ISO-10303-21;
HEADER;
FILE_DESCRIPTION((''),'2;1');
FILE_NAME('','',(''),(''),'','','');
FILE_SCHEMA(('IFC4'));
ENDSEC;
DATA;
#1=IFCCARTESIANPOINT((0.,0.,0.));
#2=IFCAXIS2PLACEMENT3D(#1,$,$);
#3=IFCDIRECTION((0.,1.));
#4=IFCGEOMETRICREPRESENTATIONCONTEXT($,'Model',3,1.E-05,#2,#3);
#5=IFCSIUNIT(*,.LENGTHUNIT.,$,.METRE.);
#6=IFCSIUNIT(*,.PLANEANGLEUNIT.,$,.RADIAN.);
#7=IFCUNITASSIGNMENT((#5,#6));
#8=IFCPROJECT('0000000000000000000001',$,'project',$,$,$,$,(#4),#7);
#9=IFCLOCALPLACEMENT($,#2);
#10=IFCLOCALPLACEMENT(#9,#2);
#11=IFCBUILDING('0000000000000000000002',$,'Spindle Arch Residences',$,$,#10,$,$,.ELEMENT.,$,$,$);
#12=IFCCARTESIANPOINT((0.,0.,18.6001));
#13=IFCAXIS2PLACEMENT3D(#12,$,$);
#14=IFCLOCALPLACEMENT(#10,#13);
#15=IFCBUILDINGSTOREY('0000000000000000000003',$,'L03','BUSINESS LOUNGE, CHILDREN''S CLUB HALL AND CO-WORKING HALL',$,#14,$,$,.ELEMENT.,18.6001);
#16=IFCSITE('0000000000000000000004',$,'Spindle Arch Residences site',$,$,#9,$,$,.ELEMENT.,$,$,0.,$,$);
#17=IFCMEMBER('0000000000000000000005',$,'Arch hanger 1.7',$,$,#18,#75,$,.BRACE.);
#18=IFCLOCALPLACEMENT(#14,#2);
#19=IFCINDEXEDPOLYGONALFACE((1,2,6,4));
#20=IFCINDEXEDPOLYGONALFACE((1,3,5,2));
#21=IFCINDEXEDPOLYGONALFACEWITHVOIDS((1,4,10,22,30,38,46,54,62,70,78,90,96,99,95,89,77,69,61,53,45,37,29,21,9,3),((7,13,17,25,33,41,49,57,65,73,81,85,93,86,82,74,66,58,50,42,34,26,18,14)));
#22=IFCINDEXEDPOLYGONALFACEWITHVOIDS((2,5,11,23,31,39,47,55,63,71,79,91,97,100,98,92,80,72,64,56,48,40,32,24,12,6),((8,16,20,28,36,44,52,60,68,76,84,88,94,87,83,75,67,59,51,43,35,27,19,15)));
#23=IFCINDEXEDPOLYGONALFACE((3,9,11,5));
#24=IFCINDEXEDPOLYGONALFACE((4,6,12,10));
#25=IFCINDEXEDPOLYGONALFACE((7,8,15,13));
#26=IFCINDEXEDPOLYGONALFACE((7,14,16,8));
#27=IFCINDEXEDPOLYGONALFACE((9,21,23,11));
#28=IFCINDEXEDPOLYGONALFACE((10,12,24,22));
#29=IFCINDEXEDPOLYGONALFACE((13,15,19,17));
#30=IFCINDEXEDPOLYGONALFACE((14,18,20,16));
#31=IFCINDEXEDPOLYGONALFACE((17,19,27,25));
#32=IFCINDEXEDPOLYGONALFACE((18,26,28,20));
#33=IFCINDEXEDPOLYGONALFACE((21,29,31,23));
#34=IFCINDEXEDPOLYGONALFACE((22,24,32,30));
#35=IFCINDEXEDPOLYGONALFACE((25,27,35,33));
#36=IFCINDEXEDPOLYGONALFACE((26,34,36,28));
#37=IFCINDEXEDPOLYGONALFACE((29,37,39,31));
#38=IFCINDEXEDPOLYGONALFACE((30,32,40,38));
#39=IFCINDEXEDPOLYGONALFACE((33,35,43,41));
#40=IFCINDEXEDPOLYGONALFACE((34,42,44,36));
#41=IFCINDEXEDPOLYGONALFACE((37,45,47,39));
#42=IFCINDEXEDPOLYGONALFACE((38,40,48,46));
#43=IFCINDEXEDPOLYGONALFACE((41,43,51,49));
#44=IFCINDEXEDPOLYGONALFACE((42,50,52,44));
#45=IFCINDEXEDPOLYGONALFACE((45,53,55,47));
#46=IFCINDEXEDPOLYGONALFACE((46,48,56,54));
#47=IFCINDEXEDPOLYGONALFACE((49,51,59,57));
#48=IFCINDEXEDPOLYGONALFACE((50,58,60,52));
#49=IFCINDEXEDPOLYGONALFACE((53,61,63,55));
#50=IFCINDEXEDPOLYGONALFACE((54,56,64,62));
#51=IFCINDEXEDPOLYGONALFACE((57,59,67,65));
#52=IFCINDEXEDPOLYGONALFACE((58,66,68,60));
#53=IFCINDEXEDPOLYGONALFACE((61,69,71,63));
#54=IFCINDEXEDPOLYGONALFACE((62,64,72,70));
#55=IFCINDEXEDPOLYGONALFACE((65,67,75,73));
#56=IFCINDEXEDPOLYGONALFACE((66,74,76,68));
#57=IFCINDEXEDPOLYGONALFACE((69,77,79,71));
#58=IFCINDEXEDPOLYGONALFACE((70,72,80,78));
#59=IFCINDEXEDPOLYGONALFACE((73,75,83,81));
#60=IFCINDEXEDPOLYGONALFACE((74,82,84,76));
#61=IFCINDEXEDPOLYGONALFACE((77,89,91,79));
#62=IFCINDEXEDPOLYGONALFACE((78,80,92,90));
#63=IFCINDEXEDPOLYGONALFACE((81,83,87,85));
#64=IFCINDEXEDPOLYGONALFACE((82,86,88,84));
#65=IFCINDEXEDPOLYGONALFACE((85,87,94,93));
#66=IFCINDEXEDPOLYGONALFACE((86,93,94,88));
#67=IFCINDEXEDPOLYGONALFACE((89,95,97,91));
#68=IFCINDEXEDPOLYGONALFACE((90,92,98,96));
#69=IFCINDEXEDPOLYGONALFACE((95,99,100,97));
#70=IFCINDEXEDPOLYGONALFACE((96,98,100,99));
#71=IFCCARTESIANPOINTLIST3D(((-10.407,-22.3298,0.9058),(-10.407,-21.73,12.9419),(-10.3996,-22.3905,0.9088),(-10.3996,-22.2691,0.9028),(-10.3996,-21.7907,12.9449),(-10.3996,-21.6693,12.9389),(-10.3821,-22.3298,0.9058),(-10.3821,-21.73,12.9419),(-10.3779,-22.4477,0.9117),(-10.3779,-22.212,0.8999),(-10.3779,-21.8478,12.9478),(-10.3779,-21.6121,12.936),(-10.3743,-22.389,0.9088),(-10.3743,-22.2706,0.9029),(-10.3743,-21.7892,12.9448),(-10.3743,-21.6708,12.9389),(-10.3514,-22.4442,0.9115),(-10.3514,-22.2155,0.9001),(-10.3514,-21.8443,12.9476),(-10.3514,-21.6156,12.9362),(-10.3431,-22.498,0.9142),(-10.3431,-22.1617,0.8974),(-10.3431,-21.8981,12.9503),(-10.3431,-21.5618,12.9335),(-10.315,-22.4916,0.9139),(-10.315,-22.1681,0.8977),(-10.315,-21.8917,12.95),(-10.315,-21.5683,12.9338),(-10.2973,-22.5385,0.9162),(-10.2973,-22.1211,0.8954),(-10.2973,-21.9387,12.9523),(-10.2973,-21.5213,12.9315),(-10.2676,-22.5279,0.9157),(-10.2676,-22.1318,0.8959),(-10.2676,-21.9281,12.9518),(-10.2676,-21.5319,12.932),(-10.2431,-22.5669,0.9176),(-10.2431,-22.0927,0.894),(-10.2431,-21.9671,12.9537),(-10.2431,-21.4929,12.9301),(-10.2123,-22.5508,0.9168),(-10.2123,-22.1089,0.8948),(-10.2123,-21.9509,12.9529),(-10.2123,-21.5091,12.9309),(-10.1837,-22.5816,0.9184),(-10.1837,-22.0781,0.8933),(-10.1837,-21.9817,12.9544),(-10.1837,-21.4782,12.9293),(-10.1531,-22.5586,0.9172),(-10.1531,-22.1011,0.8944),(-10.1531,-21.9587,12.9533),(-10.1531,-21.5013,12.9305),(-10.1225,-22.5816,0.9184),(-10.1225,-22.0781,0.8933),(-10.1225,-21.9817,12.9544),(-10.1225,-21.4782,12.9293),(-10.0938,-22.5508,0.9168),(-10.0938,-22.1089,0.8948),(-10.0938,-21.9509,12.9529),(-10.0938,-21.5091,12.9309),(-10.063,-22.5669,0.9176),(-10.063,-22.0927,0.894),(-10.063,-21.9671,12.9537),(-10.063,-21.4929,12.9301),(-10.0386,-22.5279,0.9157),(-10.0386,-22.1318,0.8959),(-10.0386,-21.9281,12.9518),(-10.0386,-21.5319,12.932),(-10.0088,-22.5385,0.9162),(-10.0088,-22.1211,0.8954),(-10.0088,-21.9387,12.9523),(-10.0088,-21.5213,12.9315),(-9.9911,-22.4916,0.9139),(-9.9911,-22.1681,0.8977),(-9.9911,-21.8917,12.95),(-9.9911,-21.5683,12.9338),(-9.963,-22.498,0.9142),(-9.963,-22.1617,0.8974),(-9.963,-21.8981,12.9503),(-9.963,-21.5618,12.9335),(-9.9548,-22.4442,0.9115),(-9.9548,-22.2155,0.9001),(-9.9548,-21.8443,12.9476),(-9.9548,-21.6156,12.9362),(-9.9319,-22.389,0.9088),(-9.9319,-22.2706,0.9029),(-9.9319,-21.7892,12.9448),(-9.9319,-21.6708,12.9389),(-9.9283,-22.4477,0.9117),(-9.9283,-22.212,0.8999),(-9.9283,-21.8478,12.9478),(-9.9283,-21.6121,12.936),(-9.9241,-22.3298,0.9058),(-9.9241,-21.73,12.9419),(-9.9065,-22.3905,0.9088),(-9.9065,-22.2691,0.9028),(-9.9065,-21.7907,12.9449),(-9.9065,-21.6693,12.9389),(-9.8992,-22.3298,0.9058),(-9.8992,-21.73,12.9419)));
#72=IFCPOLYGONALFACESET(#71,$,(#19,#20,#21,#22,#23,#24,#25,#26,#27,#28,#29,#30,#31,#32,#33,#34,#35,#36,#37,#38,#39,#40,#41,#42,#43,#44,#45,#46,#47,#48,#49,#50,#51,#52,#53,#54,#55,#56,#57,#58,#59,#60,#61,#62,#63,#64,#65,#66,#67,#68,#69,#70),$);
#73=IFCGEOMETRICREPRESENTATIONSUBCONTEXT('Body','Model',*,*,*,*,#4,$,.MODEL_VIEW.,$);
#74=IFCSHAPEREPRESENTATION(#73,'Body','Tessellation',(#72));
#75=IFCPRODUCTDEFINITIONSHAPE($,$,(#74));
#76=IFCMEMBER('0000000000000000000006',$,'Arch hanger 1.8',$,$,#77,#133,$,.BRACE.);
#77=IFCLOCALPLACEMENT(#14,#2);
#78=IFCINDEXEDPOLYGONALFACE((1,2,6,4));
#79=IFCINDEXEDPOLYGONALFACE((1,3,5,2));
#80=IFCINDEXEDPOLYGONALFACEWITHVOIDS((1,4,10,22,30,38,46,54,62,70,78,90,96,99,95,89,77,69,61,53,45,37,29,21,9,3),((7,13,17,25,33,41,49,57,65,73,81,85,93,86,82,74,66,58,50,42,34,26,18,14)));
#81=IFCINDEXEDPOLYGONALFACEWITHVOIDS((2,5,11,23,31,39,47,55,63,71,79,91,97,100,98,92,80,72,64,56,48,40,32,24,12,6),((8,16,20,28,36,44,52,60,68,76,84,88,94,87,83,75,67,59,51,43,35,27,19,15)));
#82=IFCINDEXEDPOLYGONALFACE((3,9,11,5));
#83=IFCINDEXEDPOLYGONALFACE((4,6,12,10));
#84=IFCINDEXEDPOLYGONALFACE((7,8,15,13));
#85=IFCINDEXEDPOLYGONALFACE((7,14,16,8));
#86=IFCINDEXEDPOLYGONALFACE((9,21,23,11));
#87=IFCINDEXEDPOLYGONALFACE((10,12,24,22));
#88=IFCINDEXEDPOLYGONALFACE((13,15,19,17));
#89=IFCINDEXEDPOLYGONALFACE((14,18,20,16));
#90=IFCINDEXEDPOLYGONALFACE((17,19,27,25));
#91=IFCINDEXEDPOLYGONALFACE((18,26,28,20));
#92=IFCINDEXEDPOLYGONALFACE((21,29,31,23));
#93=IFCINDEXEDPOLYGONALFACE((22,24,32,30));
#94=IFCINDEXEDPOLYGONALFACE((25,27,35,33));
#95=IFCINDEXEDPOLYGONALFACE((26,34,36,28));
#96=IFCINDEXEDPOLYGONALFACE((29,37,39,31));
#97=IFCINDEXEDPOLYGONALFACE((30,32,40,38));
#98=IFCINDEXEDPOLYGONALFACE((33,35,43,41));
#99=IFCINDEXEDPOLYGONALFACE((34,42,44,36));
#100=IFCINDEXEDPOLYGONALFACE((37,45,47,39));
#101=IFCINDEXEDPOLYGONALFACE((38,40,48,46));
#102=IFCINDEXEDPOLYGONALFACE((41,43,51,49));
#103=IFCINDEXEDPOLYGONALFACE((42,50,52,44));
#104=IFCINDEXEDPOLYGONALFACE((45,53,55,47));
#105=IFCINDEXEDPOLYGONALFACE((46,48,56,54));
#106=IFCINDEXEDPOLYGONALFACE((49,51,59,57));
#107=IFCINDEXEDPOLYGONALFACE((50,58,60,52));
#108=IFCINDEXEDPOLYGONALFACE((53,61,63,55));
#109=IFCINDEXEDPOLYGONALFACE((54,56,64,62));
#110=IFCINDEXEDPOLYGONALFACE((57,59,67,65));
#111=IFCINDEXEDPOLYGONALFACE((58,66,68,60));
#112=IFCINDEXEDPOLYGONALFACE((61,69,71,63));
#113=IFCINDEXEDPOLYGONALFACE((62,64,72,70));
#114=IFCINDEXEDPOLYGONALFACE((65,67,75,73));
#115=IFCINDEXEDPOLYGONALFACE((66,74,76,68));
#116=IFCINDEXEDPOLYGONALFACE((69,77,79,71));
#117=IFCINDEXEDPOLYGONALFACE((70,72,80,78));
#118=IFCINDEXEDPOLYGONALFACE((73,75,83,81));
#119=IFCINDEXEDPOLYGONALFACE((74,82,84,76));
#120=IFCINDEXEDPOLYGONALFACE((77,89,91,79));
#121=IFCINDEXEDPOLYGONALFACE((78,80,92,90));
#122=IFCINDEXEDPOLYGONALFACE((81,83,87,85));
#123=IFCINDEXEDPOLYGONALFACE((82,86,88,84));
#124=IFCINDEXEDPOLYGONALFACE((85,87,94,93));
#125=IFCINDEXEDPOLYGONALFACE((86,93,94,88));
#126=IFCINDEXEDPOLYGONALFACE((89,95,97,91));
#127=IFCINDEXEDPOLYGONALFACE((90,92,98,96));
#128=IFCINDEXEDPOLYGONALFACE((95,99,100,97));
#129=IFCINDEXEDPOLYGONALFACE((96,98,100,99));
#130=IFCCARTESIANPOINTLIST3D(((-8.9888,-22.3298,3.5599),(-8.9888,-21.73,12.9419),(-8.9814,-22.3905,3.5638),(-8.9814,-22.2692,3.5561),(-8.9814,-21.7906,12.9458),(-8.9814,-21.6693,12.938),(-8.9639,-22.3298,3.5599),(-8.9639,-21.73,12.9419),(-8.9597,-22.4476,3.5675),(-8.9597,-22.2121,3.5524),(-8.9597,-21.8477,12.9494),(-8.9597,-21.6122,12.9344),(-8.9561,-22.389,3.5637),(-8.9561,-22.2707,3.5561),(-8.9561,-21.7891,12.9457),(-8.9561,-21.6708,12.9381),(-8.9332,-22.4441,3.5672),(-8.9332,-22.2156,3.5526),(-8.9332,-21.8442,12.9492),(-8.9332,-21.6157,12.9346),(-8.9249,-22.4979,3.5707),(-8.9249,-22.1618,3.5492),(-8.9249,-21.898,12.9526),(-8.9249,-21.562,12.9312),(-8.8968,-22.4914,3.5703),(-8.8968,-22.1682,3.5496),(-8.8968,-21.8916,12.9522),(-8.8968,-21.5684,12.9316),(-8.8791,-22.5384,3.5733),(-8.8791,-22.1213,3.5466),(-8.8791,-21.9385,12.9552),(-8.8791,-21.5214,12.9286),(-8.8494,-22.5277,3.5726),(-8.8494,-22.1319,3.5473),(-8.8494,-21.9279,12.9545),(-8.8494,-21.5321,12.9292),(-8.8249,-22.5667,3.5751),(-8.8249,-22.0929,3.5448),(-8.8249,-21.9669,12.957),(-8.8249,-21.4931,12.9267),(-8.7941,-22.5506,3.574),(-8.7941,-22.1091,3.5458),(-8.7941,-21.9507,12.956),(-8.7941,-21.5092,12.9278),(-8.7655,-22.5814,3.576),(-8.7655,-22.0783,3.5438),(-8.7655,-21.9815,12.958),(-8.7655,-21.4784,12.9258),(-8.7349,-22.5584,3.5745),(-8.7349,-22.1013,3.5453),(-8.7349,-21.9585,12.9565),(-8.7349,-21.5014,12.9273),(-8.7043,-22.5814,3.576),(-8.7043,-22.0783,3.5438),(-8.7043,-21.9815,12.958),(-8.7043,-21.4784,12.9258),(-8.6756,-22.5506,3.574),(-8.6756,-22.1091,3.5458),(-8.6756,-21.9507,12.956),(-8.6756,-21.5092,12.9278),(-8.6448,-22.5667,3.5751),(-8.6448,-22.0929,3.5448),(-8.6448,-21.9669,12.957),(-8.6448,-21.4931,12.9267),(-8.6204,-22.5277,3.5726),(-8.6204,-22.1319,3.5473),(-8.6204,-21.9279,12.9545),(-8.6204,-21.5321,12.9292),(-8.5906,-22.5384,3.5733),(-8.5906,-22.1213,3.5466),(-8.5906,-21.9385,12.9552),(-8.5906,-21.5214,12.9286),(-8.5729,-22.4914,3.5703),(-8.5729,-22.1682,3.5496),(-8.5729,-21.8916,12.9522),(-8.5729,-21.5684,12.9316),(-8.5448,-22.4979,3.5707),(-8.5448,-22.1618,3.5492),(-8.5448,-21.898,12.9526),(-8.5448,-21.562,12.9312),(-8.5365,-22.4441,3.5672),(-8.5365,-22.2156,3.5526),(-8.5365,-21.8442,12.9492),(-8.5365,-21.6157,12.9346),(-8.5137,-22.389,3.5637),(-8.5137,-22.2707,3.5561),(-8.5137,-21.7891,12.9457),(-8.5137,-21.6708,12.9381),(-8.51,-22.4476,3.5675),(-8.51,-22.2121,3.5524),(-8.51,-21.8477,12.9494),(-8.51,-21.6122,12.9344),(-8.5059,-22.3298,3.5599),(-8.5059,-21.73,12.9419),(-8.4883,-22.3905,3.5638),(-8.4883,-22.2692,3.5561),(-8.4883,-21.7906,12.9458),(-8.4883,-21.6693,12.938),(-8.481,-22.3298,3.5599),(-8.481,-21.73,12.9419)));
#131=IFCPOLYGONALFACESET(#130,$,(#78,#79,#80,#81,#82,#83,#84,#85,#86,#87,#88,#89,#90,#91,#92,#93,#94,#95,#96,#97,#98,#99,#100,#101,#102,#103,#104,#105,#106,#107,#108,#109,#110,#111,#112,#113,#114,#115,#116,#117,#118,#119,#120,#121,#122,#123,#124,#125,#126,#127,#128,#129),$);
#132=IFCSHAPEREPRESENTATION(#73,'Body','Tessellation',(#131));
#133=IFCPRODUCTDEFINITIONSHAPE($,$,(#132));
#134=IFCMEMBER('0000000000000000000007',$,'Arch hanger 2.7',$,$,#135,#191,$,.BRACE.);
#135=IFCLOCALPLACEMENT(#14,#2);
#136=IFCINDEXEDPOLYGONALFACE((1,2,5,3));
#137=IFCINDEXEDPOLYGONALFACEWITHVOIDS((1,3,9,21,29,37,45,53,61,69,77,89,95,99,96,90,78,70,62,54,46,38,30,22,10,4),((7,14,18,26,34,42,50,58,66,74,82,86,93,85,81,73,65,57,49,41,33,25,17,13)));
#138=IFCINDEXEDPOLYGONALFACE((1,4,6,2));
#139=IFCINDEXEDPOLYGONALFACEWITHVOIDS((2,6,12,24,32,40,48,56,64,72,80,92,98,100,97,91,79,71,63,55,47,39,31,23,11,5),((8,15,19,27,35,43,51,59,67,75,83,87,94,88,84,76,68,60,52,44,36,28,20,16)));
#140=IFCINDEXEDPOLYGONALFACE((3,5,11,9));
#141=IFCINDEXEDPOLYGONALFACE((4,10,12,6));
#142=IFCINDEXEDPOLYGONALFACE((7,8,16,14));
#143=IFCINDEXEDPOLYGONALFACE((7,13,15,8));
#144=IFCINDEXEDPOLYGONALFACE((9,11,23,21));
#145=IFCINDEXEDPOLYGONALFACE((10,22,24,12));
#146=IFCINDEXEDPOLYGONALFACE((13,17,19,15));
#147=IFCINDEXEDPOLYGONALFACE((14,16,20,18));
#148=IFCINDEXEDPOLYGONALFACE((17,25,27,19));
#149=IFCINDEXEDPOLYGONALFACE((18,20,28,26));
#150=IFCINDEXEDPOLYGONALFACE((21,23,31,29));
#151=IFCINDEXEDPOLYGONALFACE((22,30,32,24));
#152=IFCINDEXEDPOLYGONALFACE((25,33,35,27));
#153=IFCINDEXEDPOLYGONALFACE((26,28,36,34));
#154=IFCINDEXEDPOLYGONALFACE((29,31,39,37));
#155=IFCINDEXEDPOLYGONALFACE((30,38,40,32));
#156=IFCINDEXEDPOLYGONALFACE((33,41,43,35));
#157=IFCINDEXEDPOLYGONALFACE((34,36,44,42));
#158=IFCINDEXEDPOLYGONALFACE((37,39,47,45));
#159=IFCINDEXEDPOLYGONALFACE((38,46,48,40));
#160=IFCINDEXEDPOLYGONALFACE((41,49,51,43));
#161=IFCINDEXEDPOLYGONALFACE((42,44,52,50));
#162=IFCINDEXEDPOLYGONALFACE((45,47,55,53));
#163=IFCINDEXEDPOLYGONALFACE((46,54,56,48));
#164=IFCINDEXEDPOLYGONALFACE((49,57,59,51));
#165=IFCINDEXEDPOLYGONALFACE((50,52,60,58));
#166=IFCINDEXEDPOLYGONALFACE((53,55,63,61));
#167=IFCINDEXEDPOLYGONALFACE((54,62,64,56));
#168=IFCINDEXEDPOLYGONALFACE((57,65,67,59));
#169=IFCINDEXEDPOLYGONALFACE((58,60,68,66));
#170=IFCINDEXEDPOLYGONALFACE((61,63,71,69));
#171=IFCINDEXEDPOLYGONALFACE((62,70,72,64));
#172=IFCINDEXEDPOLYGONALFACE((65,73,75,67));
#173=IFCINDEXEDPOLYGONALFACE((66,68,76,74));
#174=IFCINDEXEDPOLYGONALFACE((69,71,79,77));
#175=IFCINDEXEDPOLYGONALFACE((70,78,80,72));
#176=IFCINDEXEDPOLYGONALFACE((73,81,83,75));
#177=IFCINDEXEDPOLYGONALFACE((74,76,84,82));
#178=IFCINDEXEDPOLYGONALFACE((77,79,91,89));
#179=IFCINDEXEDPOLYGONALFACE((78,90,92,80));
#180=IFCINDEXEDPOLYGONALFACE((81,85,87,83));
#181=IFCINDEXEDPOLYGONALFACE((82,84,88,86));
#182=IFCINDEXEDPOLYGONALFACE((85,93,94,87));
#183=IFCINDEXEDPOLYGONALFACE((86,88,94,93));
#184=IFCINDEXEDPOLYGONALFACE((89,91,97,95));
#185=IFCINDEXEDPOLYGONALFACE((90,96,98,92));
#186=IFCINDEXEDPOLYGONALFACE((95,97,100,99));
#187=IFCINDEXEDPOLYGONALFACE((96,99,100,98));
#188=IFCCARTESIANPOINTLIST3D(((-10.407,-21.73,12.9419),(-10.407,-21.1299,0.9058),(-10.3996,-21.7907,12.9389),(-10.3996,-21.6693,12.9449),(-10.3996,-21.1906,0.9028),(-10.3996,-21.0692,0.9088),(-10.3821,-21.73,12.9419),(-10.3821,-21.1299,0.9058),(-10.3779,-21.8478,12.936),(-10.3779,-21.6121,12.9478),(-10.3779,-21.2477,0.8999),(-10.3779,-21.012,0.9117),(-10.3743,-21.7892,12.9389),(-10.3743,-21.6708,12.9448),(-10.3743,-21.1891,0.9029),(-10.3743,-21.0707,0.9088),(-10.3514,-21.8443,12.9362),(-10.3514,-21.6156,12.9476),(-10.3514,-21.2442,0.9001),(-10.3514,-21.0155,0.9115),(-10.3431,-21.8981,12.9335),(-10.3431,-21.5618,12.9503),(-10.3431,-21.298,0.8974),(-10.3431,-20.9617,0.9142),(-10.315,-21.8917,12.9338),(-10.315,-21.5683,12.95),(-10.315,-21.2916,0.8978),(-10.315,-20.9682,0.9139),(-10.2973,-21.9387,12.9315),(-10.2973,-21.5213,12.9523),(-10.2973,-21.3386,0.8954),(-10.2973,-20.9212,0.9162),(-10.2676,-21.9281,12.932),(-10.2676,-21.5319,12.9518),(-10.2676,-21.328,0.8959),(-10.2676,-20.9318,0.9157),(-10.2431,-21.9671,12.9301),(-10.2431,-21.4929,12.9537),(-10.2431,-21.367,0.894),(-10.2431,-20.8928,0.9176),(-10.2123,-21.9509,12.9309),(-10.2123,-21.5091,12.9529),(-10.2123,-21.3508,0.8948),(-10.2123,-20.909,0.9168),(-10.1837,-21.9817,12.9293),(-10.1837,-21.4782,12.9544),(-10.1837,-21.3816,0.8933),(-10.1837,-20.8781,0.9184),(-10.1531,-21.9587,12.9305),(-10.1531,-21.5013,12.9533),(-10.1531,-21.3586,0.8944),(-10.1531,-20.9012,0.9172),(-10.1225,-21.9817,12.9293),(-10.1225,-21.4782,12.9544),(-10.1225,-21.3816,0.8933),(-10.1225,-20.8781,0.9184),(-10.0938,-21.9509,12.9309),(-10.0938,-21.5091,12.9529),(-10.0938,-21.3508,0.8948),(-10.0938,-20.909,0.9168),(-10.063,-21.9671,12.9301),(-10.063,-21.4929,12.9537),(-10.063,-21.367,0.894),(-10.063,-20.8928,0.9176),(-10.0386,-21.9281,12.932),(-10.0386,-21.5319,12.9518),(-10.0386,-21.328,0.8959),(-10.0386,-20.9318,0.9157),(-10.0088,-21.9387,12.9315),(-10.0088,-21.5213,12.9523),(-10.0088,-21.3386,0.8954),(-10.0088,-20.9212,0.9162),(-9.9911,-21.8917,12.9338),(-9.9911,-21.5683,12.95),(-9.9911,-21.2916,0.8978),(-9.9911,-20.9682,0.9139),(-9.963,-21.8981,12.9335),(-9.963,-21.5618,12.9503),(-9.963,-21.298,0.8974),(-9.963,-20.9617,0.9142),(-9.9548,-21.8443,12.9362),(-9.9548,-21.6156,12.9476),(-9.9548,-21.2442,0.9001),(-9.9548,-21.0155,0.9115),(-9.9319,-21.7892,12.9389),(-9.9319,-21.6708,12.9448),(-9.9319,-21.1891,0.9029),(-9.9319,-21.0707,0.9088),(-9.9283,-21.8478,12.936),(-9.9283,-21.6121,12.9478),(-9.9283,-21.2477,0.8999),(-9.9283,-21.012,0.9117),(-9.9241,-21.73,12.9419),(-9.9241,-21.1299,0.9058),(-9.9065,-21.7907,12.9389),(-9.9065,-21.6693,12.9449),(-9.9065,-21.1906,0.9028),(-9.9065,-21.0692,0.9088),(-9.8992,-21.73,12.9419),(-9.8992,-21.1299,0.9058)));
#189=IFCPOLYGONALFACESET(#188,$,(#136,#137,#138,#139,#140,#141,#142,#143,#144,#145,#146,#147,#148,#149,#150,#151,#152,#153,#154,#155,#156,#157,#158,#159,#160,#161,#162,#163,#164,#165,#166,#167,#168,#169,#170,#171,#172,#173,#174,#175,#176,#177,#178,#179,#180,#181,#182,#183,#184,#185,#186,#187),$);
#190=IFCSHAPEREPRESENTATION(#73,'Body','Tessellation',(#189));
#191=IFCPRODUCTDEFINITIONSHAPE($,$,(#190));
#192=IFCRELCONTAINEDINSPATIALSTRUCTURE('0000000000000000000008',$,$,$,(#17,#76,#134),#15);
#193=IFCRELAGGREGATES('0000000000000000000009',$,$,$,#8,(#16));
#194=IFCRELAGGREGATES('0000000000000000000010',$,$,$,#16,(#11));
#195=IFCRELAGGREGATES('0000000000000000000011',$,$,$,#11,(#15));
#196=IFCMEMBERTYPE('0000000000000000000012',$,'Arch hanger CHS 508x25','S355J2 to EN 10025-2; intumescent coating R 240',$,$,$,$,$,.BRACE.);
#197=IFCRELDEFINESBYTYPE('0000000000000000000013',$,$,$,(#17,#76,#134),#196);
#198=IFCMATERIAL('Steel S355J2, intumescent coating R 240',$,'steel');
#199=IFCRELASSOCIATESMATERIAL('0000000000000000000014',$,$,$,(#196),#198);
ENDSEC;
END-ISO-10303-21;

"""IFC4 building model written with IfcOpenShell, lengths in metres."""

from ifc_helpers import new_model, si_unit, direction, frame, origin, origin_2d, place, context, subcontext, project, spatial, hollow_circle, extrude, material, material_profile, profile_set, type_object, element, save


model = new_model("IFC4")

# Units and contexts
model_context = context("Model", 3, precision=1e-05, world=origin(), true_north=direction((0.0, 1.0)))
body_context = subcontext(model_context, "Body", "Model", "MODEL_VIEW")
ifc_project = project(units=[si_unit("LENGTHUNIT", "METRE"), si_unit("PLANEANGLEUNIT", "RADIAN")], contexts=[model_context])

# Site, building, storey
site_placement = place(None, origin())
site = spatial("IfcSite", under=ifc_project, at=site_placement, Name="Spindle Arch Residences site", CompositionType="ELEMENT", RefElevation=0.0)
building_placement = place(site_placement, origin())
building = spatial("IfcBuilding", under=site, at=building_placement, Name="Spindle Arch Residences", CompositionType="ELEMENT")
storey_placement = place(building_placement, frame((0.0, 0.0, 18.6001)))
storey = spatial("IfcBuildingStorey", under=building, at=storey_placement, Name="L03", Description="BUSINESS LOUNGE, CHILDREN'S CLUB HALL AND CO-WORKING HALL", CompositionType="ELEMENT", Elevation=18.6001)

# Members
ifc_material_1 = material(Name="Steel S355J2, intumescent coating R 240", Category="steel")
ifc_material_profile_1 = material_profile(ifc_material_1, hollow_circle(Radius=0.2539, WallThickness=0.0249, at=origin_2d()), Name="CHS 508x25")
ifc_profile_set_1 = profile_set([ifc_material_profile_1], Name="Steel S355J2, intumescent coating R 240")
member_type_1 = type_object("IfcMemberType", Name="Arch hanger CHS 508x25", Description="S355J2 to EN 10025-2; intumescent coating R 240", PredefinedType="BRACE", material=ifc_profile_set_1)
member_1_placement = place(storey_placement, frame((-10.1531, -21.73, 12.9419), z_axis=(0.0, -0.049776, -0.99876), x_axis=(1.0, 0.0, 0.0)))
element("IfcMember", 1, at=member_1_placement, inside=storey, type_object=member_type_1, Name="Arch hanger 1.7", PredefinedType="BRACE", context=body_context, shape_type="SweptSolid", body=[
    extrude(hollow_circle(Radius=0.2539, WallThickness=0.0249, at=origin_2d()), origin(), (0.0, 0.0, 1.0), 12.051),
])
member_2_placement = place(storey_placement, frame((-8.7349, -21.73, 12.9419), z_axis=(0.0, -0.063806, -0.997962), x_axis=(1.0, 0.0, 0.0)))
element("IfcMember", 2, at=member_2_placement, inside=storey, type_object=member_type_1, Name="Arch hanger 1.8", PredefinedType="BRACE", context=body_context, shape_type="SweptSolid", body=[
    extrude(hollow_circle(Radius=0.2539, WallThickness=0.0249, at=origin_2d()), origin(), (0.0, 0.0, 1.0), 9.4011),
])
member_3_placement = place(storey_placement, frame((-10.1531, -21.73, 12.9419), z_axis=(0.0, 0.049796, -0.998759), x_axis=(-1.0, 0.0, 0.0)))
element("IfcMember", 3, at=member_3_placement, inside=storey, type_object=member_type_1, Name="Arch hanger 2.7", PredefinedType="BRACE", context=body_context, shape_type="SweptSolid", body=[
    extrude(hollow_circle(Radius=0.2539, WallThickness=0.0249, at=origin_2d()), origin(), (0.0, 0.0, 1.0), 12.051),
])

save(model, "model.ifc")
